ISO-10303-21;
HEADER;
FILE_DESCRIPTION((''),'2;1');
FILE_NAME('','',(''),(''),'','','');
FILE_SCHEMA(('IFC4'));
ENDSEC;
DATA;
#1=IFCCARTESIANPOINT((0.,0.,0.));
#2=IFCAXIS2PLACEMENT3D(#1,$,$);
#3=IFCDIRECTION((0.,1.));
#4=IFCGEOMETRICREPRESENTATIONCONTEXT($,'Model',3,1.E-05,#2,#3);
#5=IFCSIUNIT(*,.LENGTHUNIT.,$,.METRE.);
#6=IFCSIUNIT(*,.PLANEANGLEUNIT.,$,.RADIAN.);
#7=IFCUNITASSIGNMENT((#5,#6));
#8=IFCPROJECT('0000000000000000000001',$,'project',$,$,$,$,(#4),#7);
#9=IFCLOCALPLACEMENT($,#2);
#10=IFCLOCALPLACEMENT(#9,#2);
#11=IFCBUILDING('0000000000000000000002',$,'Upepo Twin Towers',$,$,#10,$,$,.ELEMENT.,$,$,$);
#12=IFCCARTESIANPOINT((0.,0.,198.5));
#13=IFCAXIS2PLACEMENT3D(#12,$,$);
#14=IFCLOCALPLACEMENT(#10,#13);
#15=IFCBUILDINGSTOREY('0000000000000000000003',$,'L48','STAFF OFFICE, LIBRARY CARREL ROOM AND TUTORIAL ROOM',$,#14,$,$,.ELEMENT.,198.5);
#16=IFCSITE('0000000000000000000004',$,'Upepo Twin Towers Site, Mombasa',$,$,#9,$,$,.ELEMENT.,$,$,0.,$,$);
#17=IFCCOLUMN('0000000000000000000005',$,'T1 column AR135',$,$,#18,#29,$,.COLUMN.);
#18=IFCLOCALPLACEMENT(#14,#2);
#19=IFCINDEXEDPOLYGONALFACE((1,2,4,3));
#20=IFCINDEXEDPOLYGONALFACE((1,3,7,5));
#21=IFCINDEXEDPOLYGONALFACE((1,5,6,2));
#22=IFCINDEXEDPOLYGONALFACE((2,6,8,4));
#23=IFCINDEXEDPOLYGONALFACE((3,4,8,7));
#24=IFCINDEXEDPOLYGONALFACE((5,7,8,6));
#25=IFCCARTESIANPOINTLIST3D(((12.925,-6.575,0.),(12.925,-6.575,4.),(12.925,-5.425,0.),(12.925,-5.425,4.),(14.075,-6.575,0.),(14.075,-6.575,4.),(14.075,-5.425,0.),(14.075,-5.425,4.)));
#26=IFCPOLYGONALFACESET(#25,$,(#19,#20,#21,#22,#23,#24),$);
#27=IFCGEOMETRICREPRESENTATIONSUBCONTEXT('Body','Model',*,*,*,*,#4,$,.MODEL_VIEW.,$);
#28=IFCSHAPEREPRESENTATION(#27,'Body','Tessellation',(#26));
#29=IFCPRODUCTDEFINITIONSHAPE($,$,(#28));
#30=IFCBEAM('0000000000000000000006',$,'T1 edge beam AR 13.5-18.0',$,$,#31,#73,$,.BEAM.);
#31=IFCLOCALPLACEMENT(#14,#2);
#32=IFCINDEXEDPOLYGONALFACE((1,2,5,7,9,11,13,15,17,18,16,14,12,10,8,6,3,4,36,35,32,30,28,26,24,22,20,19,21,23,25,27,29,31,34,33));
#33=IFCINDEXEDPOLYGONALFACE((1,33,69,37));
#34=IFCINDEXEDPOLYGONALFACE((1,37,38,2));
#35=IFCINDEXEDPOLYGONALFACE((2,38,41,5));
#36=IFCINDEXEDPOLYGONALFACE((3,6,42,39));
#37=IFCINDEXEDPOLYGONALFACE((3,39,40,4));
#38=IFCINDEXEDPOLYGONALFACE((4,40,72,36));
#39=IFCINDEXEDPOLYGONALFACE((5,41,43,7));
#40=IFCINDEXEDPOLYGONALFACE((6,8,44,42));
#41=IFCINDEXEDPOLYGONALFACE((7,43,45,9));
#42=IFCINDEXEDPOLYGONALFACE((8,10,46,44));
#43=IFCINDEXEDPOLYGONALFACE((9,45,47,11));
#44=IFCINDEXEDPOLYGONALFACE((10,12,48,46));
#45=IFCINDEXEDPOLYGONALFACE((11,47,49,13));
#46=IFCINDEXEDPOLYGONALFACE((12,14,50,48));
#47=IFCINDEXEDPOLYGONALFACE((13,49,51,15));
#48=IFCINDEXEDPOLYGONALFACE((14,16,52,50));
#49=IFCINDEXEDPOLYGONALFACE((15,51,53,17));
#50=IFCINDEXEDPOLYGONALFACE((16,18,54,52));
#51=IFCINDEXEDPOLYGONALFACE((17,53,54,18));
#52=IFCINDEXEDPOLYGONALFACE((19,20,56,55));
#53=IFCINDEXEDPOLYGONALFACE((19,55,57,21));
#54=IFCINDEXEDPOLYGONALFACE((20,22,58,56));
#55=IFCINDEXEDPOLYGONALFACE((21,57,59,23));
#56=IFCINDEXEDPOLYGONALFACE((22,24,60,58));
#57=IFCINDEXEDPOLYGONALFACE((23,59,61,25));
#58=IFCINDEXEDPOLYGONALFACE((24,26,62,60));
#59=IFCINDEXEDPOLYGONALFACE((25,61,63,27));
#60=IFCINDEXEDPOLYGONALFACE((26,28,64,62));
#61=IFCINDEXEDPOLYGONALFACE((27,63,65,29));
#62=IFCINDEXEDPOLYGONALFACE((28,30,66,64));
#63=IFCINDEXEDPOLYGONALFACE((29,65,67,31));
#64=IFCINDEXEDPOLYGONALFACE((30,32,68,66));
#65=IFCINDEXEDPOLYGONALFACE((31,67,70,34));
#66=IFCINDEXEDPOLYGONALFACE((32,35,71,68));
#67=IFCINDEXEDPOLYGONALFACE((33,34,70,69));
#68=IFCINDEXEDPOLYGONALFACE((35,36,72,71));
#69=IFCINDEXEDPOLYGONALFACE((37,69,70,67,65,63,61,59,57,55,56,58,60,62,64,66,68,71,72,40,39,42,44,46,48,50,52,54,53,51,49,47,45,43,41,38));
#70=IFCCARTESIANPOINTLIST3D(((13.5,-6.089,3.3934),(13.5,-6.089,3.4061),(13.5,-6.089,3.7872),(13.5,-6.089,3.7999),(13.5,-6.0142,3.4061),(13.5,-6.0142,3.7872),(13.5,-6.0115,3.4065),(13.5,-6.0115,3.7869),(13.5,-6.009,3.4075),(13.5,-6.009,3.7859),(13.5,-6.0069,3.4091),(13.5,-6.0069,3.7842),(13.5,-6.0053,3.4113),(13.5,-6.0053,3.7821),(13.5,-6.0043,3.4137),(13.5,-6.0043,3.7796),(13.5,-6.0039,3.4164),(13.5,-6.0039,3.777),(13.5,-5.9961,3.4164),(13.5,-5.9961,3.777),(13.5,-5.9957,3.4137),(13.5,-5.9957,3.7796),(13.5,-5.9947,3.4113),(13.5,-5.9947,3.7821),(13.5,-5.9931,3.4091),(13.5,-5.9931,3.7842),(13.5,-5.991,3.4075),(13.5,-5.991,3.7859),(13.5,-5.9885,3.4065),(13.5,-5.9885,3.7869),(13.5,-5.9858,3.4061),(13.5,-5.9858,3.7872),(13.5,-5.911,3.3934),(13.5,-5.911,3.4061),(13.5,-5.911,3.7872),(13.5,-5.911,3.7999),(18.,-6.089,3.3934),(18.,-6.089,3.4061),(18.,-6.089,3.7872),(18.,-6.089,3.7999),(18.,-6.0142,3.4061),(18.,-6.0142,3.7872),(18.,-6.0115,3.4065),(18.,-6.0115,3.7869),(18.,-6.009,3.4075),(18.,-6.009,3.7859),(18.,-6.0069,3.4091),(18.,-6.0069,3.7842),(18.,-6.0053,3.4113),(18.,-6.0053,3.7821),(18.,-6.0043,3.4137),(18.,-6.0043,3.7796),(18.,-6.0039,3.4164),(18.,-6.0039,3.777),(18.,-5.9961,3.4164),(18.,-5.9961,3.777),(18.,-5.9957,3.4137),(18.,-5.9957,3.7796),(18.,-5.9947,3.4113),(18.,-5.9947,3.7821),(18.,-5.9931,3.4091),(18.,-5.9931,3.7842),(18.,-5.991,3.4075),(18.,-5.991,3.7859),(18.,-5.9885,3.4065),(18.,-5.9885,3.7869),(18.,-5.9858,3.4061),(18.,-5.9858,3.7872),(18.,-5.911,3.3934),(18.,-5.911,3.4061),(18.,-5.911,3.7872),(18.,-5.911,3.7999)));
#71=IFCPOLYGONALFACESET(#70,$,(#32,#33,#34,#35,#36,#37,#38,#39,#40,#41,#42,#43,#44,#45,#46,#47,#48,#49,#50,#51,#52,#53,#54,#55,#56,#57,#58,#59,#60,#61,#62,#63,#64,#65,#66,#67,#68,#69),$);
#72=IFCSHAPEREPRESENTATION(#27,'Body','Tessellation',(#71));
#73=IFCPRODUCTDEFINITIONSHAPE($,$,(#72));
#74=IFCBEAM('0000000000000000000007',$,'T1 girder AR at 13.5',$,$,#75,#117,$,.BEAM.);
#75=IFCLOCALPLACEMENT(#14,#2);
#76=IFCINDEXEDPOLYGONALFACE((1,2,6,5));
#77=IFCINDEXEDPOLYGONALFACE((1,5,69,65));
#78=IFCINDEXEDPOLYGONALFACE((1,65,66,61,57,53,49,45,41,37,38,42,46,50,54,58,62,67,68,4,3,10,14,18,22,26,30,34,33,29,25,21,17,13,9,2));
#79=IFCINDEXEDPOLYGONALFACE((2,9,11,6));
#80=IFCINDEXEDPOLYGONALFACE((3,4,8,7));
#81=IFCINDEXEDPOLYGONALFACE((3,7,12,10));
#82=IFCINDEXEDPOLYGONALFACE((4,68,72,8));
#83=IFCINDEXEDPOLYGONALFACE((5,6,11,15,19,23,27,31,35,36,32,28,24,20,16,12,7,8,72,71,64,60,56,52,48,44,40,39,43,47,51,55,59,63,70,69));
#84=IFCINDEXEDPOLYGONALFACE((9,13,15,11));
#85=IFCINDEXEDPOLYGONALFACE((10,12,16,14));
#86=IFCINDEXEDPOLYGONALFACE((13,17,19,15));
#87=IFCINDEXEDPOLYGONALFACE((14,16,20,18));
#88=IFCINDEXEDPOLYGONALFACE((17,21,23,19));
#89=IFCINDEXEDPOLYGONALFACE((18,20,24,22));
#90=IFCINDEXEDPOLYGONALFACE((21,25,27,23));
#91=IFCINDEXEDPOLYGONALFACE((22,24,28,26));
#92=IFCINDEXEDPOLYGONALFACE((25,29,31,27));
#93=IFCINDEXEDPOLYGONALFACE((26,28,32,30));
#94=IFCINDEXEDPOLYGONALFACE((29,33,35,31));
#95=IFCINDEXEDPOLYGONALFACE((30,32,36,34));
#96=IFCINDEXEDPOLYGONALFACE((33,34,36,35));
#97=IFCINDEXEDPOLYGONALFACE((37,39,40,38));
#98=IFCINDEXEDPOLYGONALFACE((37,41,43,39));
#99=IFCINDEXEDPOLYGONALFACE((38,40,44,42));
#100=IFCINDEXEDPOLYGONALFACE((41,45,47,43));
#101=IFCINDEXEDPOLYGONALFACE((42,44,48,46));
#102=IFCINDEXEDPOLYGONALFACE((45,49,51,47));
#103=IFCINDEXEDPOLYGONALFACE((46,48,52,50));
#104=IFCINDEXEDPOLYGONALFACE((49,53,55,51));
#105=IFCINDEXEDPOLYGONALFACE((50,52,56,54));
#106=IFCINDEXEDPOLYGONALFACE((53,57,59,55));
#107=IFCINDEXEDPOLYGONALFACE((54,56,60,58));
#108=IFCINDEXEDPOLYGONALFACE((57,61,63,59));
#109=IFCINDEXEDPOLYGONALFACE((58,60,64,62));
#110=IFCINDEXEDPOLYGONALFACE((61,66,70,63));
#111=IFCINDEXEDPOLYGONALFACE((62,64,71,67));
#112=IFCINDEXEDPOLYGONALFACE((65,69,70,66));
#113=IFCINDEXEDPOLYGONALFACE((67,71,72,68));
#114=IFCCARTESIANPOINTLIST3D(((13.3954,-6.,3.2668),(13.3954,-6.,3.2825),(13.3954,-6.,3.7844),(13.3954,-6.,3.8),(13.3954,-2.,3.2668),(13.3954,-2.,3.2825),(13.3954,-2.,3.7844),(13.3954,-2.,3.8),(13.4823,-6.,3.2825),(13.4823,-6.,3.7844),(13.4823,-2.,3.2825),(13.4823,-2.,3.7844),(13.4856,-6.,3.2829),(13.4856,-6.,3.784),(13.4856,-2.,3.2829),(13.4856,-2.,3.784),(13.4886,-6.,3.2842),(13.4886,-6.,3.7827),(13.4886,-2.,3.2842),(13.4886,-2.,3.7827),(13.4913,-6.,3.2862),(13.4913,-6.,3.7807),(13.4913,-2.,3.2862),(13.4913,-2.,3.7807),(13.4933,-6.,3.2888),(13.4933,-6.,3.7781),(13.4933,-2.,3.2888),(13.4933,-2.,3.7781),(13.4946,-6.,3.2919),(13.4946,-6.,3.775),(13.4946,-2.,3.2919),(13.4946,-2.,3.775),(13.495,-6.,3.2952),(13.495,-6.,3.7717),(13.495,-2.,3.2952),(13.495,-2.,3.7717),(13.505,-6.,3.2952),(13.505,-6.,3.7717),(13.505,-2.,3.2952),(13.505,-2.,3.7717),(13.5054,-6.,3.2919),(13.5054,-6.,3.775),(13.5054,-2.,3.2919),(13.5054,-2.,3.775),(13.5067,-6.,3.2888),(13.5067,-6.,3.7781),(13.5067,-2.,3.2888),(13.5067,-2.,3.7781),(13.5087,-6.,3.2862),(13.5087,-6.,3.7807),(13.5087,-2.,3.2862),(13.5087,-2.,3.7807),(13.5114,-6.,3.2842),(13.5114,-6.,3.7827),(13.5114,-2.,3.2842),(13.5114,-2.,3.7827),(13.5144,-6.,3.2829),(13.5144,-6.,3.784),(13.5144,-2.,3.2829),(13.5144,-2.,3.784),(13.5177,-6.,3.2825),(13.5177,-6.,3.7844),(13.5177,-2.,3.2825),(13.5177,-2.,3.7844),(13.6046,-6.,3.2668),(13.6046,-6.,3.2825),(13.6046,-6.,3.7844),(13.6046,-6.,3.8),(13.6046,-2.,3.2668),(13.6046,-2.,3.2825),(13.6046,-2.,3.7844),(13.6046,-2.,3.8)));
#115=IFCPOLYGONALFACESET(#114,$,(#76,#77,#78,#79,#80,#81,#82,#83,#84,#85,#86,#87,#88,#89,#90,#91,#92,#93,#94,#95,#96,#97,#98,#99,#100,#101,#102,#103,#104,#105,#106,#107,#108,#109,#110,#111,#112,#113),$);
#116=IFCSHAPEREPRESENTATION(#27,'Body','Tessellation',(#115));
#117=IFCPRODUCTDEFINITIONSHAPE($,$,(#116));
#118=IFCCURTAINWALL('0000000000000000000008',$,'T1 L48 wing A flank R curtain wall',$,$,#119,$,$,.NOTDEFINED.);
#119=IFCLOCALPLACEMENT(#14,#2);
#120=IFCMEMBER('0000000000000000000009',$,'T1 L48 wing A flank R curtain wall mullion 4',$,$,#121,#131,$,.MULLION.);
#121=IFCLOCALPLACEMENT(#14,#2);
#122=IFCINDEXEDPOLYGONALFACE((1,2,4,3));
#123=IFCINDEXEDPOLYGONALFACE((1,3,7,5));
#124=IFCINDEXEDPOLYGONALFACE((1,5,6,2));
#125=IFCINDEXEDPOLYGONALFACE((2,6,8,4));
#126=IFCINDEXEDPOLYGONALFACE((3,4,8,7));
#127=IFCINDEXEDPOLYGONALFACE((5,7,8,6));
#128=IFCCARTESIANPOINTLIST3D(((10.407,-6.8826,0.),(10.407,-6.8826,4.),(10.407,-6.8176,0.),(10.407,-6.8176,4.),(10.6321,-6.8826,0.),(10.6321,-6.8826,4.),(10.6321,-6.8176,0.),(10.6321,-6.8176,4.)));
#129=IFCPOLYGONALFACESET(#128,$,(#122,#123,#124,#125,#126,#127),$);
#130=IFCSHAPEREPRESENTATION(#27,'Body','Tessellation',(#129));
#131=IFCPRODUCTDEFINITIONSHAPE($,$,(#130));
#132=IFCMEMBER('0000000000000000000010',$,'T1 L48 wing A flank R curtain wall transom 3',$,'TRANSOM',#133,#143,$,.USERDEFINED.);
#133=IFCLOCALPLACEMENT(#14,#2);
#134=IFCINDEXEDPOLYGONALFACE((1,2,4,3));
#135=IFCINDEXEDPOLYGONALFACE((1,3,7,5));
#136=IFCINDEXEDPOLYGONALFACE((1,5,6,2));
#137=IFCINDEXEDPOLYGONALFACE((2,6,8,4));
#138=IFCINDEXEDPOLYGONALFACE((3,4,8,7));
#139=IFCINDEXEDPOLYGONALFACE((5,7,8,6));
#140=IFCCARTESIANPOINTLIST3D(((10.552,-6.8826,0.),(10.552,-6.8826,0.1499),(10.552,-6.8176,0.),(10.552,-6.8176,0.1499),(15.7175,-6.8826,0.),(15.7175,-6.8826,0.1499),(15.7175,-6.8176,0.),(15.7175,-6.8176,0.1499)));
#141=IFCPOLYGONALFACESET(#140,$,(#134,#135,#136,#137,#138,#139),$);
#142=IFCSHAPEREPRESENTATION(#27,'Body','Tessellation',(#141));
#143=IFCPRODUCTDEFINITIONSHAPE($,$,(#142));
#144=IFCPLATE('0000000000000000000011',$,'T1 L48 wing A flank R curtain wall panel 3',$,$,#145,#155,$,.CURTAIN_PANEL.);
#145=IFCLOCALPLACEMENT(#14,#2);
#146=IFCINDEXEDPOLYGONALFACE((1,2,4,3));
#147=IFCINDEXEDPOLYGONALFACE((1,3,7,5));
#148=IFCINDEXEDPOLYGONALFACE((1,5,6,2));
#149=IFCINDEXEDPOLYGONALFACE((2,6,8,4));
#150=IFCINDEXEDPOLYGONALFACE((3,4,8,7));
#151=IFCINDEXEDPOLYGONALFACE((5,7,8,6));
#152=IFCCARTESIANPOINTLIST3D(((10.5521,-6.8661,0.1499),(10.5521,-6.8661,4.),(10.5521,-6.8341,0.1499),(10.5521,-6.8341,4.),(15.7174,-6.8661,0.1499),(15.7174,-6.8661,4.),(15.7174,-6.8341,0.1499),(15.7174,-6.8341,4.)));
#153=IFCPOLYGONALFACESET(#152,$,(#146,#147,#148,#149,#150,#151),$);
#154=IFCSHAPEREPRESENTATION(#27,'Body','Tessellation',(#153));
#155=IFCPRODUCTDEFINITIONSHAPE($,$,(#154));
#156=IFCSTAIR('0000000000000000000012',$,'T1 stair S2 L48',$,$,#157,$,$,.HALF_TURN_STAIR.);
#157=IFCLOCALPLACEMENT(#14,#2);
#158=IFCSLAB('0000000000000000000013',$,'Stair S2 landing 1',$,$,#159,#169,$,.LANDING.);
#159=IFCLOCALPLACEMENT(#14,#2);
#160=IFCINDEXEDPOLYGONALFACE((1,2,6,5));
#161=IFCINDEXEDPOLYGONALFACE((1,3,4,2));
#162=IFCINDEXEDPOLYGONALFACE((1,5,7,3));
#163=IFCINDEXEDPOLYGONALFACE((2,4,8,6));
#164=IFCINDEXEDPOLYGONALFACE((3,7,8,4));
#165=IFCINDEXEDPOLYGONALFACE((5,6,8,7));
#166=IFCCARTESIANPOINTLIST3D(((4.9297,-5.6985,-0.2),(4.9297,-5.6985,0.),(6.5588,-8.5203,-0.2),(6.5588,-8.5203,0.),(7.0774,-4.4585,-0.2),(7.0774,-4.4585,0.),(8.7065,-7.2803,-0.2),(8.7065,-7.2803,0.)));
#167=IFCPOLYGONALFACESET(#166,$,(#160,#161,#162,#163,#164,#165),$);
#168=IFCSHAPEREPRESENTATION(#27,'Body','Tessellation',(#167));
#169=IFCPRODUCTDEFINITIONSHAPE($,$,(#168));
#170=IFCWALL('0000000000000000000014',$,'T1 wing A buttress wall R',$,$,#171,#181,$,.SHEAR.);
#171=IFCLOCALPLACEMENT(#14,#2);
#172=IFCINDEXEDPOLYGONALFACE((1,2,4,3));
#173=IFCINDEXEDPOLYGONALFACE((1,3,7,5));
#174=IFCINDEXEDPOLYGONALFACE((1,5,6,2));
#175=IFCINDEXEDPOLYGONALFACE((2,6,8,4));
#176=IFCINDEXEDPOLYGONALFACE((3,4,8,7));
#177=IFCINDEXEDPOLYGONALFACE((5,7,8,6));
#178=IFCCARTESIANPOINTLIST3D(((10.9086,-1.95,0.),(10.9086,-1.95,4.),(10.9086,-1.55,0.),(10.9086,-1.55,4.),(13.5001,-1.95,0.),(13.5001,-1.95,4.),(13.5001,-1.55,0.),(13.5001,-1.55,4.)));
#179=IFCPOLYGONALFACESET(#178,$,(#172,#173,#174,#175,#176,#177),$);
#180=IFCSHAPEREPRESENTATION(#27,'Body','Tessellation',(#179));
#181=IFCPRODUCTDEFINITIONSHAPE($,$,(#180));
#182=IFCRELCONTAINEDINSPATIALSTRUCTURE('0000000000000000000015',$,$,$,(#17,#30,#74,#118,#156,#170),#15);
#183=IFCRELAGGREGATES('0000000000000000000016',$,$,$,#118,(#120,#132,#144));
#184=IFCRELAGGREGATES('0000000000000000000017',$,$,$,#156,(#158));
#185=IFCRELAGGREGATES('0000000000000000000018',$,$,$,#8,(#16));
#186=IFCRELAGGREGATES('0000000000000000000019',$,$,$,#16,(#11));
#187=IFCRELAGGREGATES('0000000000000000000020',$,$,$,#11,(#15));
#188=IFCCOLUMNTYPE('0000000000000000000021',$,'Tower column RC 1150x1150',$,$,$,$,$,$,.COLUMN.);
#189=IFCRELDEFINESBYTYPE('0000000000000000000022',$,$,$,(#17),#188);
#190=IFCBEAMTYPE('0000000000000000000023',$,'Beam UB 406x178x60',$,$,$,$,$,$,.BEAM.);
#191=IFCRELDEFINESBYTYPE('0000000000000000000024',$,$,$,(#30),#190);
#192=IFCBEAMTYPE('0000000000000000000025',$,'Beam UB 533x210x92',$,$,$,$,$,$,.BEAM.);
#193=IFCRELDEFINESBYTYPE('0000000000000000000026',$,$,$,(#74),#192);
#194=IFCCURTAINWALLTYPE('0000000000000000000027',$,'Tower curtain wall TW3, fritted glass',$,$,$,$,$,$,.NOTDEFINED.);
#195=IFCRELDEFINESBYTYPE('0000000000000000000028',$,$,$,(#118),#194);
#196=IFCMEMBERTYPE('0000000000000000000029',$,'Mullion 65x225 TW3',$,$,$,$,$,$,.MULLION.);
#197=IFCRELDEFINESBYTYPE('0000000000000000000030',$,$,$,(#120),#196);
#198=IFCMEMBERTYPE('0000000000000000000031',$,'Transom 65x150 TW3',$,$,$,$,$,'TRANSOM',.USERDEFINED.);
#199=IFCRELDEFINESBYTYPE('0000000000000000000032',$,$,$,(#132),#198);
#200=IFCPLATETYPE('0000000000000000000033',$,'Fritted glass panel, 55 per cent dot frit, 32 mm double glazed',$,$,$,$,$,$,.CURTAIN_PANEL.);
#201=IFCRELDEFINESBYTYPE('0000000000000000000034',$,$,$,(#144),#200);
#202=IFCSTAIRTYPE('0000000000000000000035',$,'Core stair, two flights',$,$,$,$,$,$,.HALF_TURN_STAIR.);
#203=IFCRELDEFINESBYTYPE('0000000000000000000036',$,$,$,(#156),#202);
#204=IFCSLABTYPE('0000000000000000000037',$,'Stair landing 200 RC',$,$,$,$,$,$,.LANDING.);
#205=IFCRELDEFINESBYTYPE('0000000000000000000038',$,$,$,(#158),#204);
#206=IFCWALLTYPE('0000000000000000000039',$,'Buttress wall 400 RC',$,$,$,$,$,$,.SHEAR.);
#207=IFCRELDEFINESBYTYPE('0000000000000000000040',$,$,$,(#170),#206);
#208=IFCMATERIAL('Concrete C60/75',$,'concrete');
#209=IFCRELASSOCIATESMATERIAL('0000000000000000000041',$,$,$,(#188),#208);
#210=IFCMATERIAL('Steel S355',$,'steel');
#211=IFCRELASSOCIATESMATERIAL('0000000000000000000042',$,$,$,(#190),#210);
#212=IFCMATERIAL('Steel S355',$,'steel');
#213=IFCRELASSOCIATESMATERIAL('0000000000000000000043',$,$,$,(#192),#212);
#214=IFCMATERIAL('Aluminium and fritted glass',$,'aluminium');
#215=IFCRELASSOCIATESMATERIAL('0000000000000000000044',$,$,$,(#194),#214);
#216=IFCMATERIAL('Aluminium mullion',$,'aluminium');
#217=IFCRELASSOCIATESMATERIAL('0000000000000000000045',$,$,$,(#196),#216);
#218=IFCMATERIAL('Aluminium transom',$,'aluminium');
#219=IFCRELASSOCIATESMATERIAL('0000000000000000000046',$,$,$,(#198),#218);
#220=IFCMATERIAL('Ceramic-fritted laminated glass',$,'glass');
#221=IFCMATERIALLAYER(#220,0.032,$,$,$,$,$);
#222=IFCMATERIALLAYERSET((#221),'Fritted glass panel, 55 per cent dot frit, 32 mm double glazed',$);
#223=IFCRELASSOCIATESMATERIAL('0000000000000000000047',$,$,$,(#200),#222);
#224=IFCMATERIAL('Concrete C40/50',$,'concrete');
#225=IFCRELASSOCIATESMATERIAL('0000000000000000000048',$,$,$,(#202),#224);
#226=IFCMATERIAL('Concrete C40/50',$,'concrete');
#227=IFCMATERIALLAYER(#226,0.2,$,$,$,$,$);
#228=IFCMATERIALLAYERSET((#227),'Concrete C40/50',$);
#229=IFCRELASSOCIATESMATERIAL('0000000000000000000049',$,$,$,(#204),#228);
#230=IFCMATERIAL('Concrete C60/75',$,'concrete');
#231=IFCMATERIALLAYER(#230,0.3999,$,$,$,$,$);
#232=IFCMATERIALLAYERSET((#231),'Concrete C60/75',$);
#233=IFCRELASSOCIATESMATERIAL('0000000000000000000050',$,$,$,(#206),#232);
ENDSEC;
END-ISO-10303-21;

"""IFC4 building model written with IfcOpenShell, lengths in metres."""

from ifc_helpers import new_model, si_unit, direction, frame, frame_2d, origin, origin_2d, place, context, subcontext, project, spatial, polyline, rectangle, i_section, outline, extrude, material, layer, layer_set, material_profile, profile_set, type_object, element, aggregate, save


model = new_model("IFC4")

# Units and contexts
model_context = context("Model", 3, precision=1e-05, world=origin(), true_north=direction((0.0, 1.0)))
body_context = subcontext(model_context, "Body", "Model", "MODEL_VIEW")
ifc_project = project(units=[si_unit("LENGTHUNIT", "METRE"), si_unit("PLANEANGLEUNIT", "RADIAN")], contexts=[model_context])

# Site, building, storey
site_placement = place(None, origin())
site = spatial("IfcSite", under=ifc_project, at=site_placement, Name="Upepo Twin Towers Site, Mombasa", CompositionType="ELEMENT", RefElevation=0.0)
building_placement = place(site_placement, origin())
building = spatial("IfcBuilding", under=site, at=building_placement, Name="Upepo Twin Towers", CompositionType="ELEMENT")
storey_placement = place(building_placement, frame((0.0, 0.0, 198.5)))
storey = spatial("IfcBuildingStorey", under=building, at=storey_placement, Name="L48", Description="STAFF OFFICE, LIBRARY CARREL ROOM AND TUTORIAL ROOM", CompositionType="ELEMENT", Elevation=198.5)

# Column
ifc_material_1 = material(Name="Concrete C60/75", Category="concrete")
ifc_material_profile_1 = material_profile(ifc_material_1, rectangle(XDim=1.1499, YDim=1.1499, at=origin_2d()), Name="RC 1150x1150")
ifc_profile_set_1 = profile_set([ifc_material_profile_1], Name="Concrete C60/75")
column_type = type_object("IfcColumnType", Name="Tower column RC 1150x1150", PredefinedType="COLUMN", material=ifc_profile_set_1)
column_placement = place(storey_placement, frame((13.5, -6.0, 0.0), z_axis=(0.0, 0.0, 1.0), x_axis=(1.0, 0.0, 0.0)))
element("IfcColumn", 1, at=column_placement, inside=storey, type_object=column_type, Name="T1 column AR135", PredefinedType="COLUMN", context=body_context, shape_type="SweptSolid", body=[
    extrude(rectangle(XDim=1.1499, YDim=1.1499, at=origin_2d()), origin(), (0.0, 0.0, 1.0), 4.0),
])

# Beams
ifc_material_2 = material(Name="Steel S355", Category="steel")
ifc_material_profile_2 = material_profile(ifc_material_2, i_section(OverallWidth=0.178, OverallDepth=0.4065, WebThickness=0.0078, FlangeThickness=0.0127, FilletRadius=0.0103, at=origin_2d()), Name="UB 406x178x60")
ifc_profile_set_2 = profile_set([ifc_material_profile_2], Name="Steel S355")
beam_type_1 = type_object("IfcBeamType", Name="Beam UB 406x178x60", PredefinedType="BEAM", material=ifc_profile_set_2)
beam_1_placement = place(storey_placement, frame((13.5, -6.0, 3.5967), z_axis=(1.0, 0.0, 0.0), x_axis=(0.0, 1.0, 0.0)))
element("IfcBeam", 2, at=beam_1_placement, inside=storey, type_object=beam_type_1, Name="T1 edge beam AR 13.5-18.0", PredefinedType="BEAM", context=body_context, shape_type="SweptSolid", body=[
    extrude(i_section(OverallWidth=0.178, OverallDepth=0.4065, WebThickness=0.0078, FlangeThickness=0.0127, FilletRadius=0.0103, at=origin_2d()), origin(), (0.0, 0.0, 1.0), 4.5),
])
ifc_material_3 = material(Name="Steel S355", Category="steel")
ifc_material_profile_3 = material_profile(ifc_material_3, i_section(OverallWidth=0.2092, OverallDepth=0.5332, WebThickness=0.01, FlangeThickness=0.0156, FilletRadius=0.0127, at=origin_2d()), Name="UB 533x210x92")
ifc_profile_set_3 = profile_set([ifc_material_profile_3], Name="Steel S355")
beam_type_2 = type_object("IfcBeamType", Name="Beam UB 533x210x92", PredefinedType="BEAM", material=ifc_profile_set_3)
beam_2_placement = place(storey_placement, frame((13.5, -6.0, 3.5334), z_axis=(0.0, 1.0, 0.0), x_axis=(-1.0, 0.0, 0.0)))
element("IfcBeam", 3, at=beam_2_placement, inside=storey, type_object=beam_type_2, Name="T1 girder AR at 13.5", PredefinedType="BEAM", context=body_context, shape_type="SweptSolid", body=[
    extrude(i_section(OverallWidth=0.2092, OverallDepth=0.5332, WebThickness=0.01, FlangeThickness=0.0156, FilletRadius=0.0127, at=origin_2d()), origin(), (0.0, 0.0, 1.0), 4.0),
])

# Curtain wall, members, plate
ifc_material_4 = material(Name="Aluminium and fritted glass", Category="aluminium")
curtain_wall_type = type_object("IfcCurtainWallType", Name="Tower curtain wall TW3, fritted glass", PredefinedType="NOTDEFINED", material=ifc_material_4)
curtain_wall_placement = place(storey_placement, origin())
curtain_wall = element("IfcCurtainWall", 4, at=curtain_wall_placement, inside=storey, type_object=curtain_wall_type, Name="T1 L48 wing A flank R curtain wall", PredefinedType="NOTDEFINED")
ifc_material_5 = material(Name="Aluminium mullion", Category="aluminium")
ifc_material_profile_4 = material_profile(ifc_material_5, rectangle(XDim=0.0649, YDim=0.2251, at=origin_2d()), Name="MULLION 65x225")
ifc_profile_set_4 = profile_set([ifc_material_profile_4], Name="Aluminium mullion")
member_type_1 = type_object("IfcMemberType", Name="Mullion 65x225 TW3", PredefinedType="MULLION", material=ifc_profile_set_4)
member_1_placement = place(storey_placement, frame((10.5195, -6.8501, 0.0), z_axis=(0.0, 0.0, 1.0), x_axis=(0.0, -1.0, 0.0)))
member_1 = element("IfcMember", 5, at=member_1_placement, type_object=member_type_1, Name="T1 L48 wing A flank R curtain wall mullion 4", PredefinedType="MULLION", context=body_context, shape_type="SweptSolid", body=[
    extrude(rectangle(XDim=0.0649, YDim=0.2251, at=origin_2d()), origin(), (0.0, 0.0, 1.0), 4.0),
])
ifc_material_6 = material(Name="Aluminium transom", Category="aluminium")
ifc_material_profile_5 = material_profile(ifc_material_6, rectangle(XDim=0.0649, YDim=0.1499, at=origin_2d()), Name="TRANSOM 65x150")
ifc_profile_set_5 = profile_set([ifc_material_profile_5], Name="Aluminium transom")
member_type_2 = type_object("IfcMemberType", Name="Transom 65x150 TW3", ElementType="TRANSOM", PredefinedType="USERDEFINED", material=ifc_profile_set_5)
member_2_placement = place(storey_placement, frame((15.7175, -6.8501, 0.075), z_axis=(-1.0, 0.0, 0.0), x_axis=(0.0, -1.0, 0.0)))
member_2 = element("IfcMember", 6, at=member_2_placement, type_object=member_type_2, Name="T1 L48 wing A flank R curtain wall transom 3", ObjectType="TRANSOM", PredefinedType="USERDEFINED", context=body_context, shape_type="SweptSolid", body=[
    extrude(rectangle(XDim=0.0649, YDim=0.1499, at=origin_2d()), origin(), (0.0, 0.0, 1.0), 5.1655),
])
ifc_material_7 = material(Name="Ceramic-fritted laminated glass", Category="glass")
ifc_layer_1 = layer(ifc_material_7, 0.032)
ifc_layer_set_1 = layer_set([ifc_layer_1], Name="Fritted glass panel, 55 per cent dot frit, 32 mm double glazed")
plate_type = type_object("IfcPlateType", Name="Fritted glass panel, 55 per cent dot frit, 32 mm double glazed", PredefinedType="CURTAIN_PANEL", material=ifc_layer_set_1)
plate_placement = place(storey_placement, frame((13.1348, -6.8501, 0.1499), z_axis=(0.0, 0.0, 1.0), x_axis=(-1.0, 0.0, 0.0)))
plate = element("IfcPlate", 7, at=plate_placement, type_object=plate_type, Name="T1 L48 wing A flank R curtain wall panel 3", PredefinedType="CURTAIN_PANEL", context=body_context, shape_type="SweptSolid", body=[
    extrude(rectangle(XDim=5.1653, YDim=0.032, at=origin_2d()), origin(), (0.0, 0.0, 1.0), 3.8501),
])
aggregate(curtain_wall, [member_1, member_2, plate])

# Stair, slab
ifc_material_8 = material(Name="Concrete C40/50", Category="concrete")
stair_type = type_object("IfcStairType", Name="Core stair, two flights", PredefinedType="HALF_TURN_STAIR", material=ifc_material_8)
stair_placement = place(storey_placement, origin())
stair = element("IfcStair", 8, at=stair_placement, inside=storey, type_object=stair_type, Name="T1 stair S2 L48", PredefinedType="HALF_TURN_STAIR")
ifc_material_9 = material(Name="Concrete C40/50", Category="concrete")
ifc_layer_2 = layer(ifc_material_9, 0.2)
ifc_layer_set_2 = layer_set([ifc_layer_2], Name="Concrete C40/50")
slab_type = type_object("IfcSlabType", Name="Stair landing 200 RC", PredefinedType="LANDING", material=ifc_layer_set_2)
slab_placement = place(storey_placement, frame((0.0, 0.0, -0.2)))
slab = element("IfcSlab", 9, at=slab_placement, type_object=slab_type, Name="Stair S2 landing 1", PredefinedType="LANDING", context=body_context, shape_type="SweptSolid", body=[
    extrude(outline(polyline([(4.9297, -5.6985), (6.5588, -8.5203), (8.7065, -7.2803), (7.0774, -4.4585), (4.9297, -5.6985)])), origin(), (0.0, 0.0, 1.0), 0.2),
])

# Wall
ifc_material_10 = material(Name="Concrete C60/75", Category="concrete")
ifc_layer_3 = layer(ifc_material_10, 0.3999)
ifc_layer_set_3 = layer_set([ifc_layer_3], Name="Concrete C60/75")
wall_type_1 = type_object("IfcWallType", Name="Buttress wall 400 RC", PredefinedType="SHEAR", material=ifc_layer_set_3)
wall_1_placement = place(storey_placement, frame((10.9084, -1.75, 0.0), z_axis=(0.0, 0.0, 1.0), x_axis=(1.0, 0.0, 0.0)))
element("IfcWall", 10, at=wall_1_placement, inside=storey, type_object=wall_type_1, Name="T1 wing A buttress wall R", PredefinedType="SHEAR", context=body_context, shape_type="SweptSolid", body=[
    extrude(rectangle(XDim=2.5916, YDim=0.3999, at=frame_2d((1.2959, 0.0))), origin(), (0.0, 0.0, 1.0), 4.0),
])

aggregate(stair, [slab])

save(model, "model.ifc")
